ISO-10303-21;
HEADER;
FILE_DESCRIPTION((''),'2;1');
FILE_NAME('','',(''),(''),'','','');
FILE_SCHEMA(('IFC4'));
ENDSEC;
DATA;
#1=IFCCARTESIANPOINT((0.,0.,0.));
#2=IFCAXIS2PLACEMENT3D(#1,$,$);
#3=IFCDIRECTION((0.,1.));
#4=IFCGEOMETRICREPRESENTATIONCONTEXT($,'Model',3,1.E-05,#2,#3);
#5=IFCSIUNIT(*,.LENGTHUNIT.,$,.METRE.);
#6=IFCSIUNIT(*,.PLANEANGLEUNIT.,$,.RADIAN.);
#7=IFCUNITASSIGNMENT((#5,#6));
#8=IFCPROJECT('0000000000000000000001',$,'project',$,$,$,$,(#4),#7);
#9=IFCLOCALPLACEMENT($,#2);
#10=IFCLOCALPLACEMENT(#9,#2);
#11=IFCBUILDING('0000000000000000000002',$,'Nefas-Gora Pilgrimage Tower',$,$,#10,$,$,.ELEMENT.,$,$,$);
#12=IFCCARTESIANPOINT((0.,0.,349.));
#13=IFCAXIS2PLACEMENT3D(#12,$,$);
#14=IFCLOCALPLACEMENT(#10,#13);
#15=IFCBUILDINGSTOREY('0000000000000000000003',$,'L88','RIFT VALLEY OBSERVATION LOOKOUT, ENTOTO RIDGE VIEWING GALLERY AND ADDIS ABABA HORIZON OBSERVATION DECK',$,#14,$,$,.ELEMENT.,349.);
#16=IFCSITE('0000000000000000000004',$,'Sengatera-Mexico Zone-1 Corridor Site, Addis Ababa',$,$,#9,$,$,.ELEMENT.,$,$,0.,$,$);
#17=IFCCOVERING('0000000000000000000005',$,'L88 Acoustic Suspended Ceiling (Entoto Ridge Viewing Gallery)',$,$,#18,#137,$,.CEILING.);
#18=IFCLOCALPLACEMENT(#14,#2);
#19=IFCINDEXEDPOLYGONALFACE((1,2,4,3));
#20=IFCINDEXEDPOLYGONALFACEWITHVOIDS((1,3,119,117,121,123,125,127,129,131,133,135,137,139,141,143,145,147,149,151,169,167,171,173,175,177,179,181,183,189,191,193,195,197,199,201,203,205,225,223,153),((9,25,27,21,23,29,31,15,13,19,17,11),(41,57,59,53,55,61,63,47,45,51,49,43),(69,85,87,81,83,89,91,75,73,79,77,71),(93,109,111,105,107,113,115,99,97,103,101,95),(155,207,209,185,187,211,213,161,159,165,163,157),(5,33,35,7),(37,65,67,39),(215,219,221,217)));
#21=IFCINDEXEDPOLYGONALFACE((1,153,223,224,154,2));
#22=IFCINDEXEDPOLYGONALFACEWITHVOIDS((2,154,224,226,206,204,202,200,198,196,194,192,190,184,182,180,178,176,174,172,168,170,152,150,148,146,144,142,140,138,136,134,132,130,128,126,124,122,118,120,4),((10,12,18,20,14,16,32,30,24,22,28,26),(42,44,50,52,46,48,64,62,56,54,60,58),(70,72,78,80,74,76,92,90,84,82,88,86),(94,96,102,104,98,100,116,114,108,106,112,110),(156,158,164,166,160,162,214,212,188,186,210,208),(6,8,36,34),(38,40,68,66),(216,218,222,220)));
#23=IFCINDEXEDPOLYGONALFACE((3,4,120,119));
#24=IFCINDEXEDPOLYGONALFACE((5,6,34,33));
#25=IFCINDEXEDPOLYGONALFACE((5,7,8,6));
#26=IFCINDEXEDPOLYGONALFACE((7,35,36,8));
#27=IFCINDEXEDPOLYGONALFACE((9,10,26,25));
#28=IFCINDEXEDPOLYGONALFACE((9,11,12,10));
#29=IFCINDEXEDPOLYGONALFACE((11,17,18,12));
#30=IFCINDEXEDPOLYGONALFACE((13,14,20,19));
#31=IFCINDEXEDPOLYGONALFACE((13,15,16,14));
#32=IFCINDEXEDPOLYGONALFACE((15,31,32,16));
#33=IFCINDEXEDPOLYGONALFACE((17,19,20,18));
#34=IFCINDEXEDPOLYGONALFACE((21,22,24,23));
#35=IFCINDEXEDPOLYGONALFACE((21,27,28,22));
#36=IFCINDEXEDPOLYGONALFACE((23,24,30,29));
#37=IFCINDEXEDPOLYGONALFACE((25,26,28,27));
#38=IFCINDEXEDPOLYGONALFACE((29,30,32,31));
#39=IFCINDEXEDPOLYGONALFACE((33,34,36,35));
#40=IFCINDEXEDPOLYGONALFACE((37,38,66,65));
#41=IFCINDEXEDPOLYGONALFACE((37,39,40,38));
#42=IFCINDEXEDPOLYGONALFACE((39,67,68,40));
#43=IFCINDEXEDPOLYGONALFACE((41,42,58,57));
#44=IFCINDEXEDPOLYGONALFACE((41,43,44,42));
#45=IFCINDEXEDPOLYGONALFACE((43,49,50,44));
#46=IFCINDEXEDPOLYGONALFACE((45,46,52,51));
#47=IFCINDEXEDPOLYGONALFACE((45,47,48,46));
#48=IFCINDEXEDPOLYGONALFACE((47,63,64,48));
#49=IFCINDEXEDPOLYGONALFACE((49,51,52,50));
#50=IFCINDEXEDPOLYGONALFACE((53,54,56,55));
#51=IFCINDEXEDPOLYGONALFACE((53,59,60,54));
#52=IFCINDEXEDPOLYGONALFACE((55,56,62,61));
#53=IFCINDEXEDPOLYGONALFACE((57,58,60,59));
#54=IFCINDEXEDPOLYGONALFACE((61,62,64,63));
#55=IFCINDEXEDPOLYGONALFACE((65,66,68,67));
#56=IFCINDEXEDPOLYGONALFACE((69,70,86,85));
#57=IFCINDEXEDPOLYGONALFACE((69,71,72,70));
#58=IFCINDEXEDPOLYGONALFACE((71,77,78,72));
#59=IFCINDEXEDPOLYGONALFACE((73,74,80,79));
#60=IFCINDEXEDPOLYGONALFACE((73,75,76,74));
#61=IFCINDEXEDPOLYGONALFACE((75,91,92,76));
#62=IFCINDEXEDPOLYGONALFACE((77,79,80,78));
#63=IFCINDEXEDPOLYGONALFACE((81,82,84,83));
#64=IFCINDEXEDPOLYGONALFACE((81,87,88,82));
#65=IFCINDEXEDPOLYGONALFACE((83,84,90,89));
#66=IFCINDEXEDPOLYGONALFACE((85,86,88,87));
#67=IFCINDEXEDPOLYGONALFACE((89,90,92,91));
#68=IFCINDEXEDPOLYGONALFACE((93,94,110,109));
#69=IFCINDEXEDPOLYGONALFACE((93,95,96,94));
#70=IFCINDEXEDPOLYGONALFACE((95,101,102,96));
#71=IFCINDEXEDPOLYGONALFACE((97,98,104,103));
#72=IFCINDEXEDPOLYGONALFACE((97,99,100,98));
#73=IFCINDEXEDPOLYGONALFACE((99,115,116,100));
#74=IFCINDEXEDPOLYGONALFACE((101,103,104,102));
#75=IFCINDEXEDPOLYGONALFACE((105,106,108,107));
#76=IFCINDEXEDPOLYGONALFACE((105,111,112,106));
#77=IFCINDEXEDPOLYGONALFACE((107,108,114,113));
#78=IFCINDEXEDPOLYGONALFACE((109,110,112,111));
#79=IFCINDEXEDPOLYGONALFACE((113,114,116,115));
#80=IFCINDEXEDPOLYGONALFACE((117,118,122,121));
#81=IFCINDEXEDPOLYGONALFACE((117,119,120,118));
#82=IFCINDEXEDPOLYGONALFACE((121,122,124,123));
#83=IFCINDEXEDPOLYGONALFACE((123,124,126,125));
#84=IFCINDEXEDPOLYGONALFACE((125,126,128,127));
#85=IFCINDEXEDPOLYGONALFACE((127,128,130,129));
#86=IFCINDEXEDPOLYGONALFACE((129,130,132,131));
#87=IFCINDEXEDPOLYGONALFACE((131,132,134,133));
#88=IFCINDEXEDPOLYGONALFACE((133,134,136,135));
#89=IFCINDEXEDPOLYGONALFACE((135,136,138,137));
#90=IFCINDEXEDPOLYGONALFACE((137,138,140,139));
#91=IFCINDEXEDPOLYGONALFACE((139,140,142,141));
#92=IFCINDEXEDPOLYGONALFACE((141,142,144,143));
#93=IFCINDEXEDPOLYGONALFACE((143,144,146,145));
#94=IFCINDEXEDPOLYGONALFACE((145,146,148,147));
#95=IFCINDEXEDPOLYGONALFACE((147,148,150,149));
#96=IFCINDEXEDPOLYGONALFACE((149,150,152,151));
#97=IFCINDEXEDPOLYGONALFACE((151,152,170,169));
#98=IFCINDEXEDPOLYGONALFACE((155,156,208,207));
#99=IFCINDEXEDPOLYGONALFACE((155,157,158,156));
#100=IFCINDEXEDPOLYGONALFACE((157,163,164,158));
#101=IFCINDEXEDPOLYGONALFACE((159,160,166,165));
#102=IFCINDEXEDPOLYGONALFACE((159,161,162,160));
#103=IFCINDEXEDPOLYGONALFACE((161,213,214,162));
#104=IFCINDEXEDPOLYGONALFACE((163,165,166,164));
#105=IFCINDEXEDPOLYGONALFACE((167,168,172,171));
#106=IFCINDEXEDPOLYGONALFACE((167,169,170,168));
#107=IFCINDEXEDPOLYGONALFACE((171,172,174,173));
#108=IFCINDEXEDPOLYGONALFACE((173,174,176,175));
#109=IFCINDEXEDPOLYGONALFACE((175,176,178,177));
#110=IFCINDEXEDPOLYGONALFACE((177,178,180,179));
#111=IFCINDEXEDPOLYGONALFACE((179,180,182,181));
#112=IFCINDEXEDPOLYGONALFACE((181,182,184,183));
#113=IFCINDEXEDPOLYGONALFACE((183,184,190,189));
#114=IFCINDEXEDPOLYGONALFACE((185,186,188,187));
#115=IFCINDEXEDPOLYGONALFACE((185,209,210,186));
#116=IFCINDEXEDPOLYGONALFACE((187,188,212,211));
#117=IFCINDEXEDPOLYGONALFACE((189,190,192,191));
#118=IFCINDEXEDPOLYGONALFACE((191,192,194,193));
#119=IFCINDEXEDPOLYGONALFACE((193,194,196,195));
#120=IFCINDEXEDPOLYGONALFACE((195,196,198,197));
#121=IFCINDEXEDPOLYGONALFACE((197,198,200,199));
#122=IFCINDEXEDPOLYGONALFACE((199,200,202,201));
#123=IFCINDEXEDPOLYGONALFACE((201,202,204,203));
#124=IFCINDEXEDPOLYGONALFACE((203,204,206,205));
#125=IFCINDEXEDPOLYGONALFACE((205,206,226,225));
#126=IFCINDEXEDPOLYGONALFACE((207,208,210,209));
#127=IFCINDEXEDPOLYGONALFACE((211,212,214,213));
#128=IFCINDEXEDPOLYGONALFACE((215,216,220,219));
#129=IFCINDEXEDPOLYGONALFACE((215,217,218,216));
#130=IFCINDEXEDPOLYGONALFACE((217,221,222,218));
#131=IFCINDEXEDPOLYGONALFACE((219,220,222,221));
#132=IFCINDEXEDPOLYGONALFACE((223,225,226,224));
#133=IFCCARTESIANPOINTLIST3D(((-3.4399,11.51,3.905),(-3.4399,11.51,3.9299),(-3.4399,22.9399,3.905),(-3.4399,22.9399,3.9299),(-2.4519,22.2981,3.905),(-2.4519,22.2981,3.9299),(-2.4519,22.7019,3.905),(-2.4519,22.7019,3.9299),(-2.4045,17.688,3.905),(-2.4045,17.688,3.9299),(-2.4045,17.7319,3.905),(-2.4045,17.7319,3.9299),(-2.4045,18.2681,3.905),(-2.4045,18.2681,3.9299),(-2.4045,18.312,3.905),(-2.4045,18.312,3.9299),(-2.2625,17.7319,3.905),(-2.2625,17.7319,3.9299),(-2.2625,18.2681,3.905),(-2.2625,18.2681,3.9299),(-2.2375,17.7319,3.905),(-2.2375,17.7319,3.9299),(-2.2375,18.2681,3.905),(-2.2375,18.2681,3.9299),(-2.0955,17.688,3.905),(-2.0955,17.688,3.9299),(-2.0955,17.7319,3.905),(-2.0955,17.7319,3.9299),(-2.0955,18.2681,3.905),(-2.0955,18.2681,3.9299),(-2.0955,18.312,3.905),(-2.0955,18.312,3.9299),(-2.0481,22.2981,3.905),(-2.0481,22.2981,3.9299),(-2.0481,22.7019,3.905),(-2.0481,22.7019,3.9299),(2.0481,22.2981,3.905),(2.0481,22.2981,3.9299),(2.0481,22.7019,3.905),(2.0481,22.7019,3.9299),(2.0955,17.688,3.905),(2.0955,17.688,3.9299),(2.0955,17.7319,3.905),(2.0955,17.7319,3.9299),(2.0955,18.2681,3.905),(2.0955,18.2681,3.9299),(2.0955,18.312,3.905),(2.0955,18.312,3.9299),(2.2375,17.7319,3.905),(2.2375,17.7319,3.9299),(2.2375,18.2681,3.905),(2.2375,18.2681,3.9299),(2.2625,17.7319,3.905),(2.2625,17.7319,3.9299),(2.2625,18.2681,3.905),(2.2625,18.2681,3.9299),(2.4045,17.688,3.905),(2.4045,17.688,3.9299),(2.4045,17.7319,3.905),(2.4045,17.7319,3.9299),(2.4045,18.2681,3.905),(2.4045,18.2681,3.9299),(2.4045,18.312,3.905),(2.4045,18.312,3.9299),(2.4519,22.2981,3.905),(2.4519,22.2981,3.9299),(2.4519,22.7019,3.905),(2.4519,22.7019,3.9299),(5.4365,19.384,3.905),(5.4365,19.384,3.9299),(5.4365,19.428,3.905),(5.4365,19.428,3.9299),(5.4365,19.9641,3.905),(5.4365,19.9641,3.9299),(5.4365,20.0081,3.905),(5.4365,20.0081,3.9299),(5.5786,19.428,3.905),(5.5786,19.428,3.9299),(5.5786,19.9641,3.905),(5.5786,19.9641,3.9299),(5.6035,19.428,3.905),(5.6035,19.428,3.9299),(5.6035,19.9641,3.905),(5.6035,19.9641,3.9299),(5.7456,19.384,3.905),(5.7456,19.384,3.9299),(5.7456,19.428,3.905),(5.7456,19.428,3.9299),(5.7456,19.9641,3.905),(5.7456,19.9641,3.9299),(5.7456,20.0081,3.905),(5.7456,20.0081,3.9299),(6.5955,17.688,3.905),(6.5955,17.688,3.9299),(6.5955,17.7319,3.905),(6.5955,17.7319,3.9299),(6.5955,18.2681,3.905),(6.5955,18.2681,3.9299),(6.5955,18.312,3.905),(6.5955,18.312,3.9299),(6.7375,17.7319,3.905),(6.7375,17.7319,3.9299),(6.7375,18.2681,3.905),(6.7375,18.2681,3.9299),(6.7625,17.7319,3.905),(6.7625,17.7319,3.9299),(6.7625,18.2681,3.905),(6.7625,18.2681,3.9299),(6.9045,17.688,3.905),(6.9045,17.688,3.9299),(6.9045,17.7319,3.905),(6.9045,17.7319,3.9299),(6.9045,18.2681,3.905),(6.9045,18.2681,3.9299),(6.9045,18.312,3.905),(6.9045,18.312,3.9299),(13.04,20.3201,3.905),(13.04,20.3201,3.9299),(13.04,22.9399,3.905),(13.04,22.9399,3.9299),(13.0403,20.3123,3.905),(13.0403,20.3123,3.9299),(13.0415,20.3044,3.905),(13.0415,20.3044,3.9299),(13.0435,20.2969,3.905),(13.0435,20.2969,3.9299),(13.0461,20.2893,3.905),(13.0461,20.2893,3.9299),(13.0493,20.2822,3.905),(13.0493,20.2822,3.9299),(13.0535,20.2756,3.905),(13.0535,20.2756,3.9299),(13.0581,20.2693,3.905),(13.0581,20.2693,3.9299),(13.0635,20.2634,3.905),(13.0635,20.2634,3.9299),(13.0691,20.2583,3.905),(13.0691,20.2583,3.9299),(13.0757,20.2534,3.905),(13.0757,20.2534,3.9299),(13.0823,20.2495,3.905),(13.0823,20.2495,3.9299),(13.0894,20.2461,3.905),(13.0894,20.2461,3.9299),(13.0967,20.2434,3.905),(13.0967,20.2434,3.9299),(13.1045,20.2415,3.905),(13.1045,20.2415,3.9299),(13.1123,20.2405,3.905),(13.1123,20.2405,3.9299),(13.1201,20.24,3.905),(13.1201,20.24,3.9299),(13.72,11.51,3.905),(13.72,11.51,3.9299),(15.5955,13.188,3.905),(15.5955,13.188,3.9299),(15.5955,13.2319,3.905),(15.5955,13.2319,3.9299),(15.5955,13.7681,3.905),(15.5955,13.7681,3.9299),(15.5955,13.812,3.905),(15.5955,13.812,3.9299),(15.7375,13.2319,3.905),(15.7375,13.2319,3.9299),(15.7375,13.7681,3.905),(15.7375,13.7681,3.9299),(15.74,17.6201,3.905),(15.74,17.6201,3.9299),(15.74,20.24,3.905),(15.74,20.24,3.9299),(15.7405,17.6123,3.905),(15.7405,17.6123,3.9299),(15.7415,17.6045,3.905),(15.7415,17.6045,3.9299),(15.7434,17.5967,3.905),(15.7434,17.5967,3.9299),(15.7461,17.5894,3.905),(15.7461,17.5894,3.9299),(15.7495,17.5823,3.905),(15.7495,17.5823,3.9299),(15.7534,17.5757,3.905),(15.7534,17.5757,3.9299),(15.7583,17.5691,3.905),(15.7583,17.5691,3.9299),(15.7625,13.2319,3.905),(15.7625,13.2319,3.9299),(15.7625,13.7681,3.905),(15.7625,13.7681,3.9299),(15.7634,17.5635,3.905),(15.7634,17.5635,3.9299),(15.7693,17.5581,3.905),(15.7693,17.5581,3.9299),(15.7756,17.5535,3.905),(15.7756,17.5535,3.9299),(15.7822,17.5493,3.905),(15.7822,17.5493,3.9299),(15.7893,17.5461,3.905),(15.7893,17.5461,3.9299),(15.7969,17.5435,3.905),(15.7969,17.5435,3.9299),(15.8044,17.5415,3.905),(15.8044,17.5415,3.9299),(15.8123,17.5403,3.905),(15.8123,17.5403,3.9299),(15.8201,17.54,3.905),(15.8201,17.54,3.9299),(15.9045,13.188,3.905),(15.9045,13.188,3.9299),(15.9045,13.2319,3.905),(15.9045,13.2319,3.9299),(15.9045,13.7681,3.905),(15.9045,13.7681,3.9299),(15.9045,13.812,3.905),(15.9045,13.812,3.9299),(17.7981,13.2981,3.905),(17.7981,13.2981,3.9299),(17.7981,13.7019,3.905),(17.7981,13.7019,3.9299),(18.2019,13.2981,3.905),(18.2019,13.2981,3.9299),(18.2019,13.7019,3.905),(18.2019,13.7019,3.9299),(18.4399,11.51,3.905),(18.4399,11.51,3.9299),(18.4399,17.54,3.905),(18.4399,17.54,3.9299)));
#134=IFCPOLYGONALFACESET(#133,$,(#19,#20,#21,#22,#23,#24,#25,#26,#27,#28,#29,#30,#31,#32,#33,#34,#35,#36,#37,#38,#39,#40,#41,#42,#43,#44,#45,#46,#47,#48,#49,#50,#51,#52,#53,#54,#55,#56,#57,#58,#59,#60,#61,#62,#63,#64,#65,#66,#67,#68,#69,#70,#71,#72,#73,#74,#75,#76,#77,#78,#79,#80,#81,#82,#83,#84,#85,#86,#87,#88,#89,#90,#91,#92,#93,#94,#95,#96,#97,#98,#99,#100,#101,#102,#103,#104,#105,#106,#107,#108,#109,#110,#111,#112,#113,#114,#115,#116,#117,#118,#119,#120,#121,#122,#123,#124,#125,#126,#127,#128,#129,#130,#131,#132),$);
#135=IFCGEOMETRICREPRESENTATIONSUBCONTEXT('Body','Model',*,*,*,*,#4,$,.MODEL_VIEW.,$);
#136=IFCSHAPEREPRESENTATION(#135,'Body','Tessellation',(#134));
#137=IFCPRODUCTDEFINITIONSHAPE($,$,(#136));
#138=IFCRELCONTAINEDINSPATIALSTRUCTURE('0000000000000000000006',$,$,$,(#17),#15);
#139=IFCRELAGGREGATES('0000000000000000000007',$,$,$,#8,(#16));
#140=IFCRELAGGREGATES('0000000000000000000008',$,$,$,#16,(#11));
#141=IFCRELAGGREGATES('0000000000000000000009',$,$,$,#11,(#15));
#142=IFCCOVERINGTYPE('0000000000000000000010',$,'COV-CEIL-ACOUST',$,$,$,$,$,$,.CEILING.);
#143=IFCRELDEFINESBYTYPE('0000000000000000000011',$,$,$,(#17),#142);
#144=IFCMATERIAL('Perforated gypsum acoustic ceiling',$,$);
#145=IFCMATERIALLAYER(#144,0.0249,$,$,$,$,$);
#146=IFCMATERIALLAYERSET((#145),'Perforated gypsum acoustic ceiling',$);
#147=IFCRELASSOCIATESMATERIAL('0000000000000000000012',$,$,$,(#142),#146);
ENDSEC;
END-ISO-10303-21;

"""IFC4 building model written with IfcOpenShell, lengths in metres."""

from ifc_helpers import new_model, si_unit, direction, frame, origin, place, context, subcontext, project, spatial, polyline, outline, extrude, material, layer, layer_set, type_object, element, save


model = new_model("IFC4")

# Units and contexts
model_context = context("Model", 3, precision=1e-05, world=origin(), true_north=direction((0.0, 1.0)))
body_context = subcontext(model_context, "Body", "Model", "MODEL_VIEW")
ifc_project = project(units=[si_unit("LENGTHUNIT", "METRE"), si_unit("PLANEANGLEUNIT", "RADIAN")], contexts=[model_context])

# Site, building, storey
site_placement = place(None, origin())
site = spatial("IfcSite", under=ifc_project, at=site_placement, Name="Sengatera-Mexico Zone-1 Corridor Site, Addis Ababa", CompositionType="ELEMENT", RefElevation=0.0)
building_placement = place(site_placement, origin())
building = spatial("IfcBuilding", under=site, at=building_placement, Name="Nefas-Gora Pilgrimage Tower", CompositionType="ELEMENT")
storey_placement = place(building_placement, frame((0.0, 0.0, 349.0)))
storey = spatial("IfcBuildingStorey", under=building, at=storey_placement, Name="L88", Description="RIFT VALLEY OBSERVATION LOOKOUT, ENTOTO RIDGE VIEWING GALLERY AND ADDIS ABABA HORIZON OBSERVATION DECK", CompositionType="ELEMENT", Elevation=349.0)

# Covering
ifc_material_1 = material(Name="Perforated gypsum acoustic ceiling")
ifc_layer_1 = layer(ifc_material_1, 0.0249)
ifc_layer_set_1 = layer_set([ifc_layer_1], Name="Perforated gypsum acoustic ceiling")
covering_type_1 = type_object("IfcCoveringType", Name="COV-CEIL-ACOUST", PredefinedType="CEILING", material=ifc_layer_set_1)
covering_1_placement = place(storey_placement, frame((0.0, 0.0, 3.905)))
element("IfcCovering", 1, at=covering_1_placement, inside=storey, type_object=covering_type_1, Name="L88 Acoustic Suspended Ceiling (Entoto Ridge Viewing Gallery)", PredefinedType="CEILING", context=body_context, shape_type="SweptSolid", body=[
    extrude(outline(polyline([(13.04, 22.9399), (-3.4399, 22.9399), (-3.4399, 11.51), (13.72, 11.51), (18.4399, 11.51), (18.4399, 17.54), (15.8201, 17.54), (15.8123, 17.5403), (15.8044, 17.5415), (15.7969, 17.5435), (15.7893, 17.5461), (15.7822, 17.5493), (15.7756, 17.5535), (15.7693, 17.5581), (15.7634, 17.5635), (15.7583, 17.5691), (15.7534, 17.5757), (15.7495, 17.5823), (15.7461, 17.5894), (15.7434, 17.5967), (15.7415, 17.6045), (15.7405, 17.6123), (15.74, 17.6201), (15.74, 20.24), (13.1201, 20.24), (13.1123, 20.2405), (13.1045, 20.2415), (13.0967, 20.2434), (13.0894, 20.2461), (13.0823, 20.2495), (13.0757, 20.2534), (13.0691, 20.2583), (13.0635, 20.2634), (13.0581, 20.2693), (13.0535, 20.2756), (13.0493, 20.2822), (13.0461, 20.2893), (13.0435, 20.2969), (13.0415, 20.3044), (13.0403, 20.3123), (13.04, 20.3201), (13.04, 22.9399)]), holes=[polyline([(18.2019, 13.7019), (18.2019, 13.2981), (17.7981, 13.2981), (17.7981, 13.7019), (18.2019, 13.7019)]), polyline([(15.9045, 13.812), (15.9045, 13.7681), (15.7625, 13.7681), (15.7625, 13.2319), (15.9045, 13.2319), (15.9045, 13.188), (15.5955, 13.188), (15.5955, 13.2319), (15.7375, 13.2319), (15.7375, 13.7681), (15.5955, 13.7681), (15.5955, 13.812), (15.9045, 13.812)]), polyline([(6.9045, 18.312), (6.9045, 18.2681), (6.7625, 18.2681), (6.7625, 17.7319), (6.9045, 17.7319), (6.9045, 17.688), (6.5955, 17.688), (6.5955, 17.7319), (6.7375, 17.7319), (6.7375, 18.2681), (6.5955, 18.2681), (6.5955, 18.312), (6.9045, 18.312)]), polyline([(5.7456, 20.0081), (5.7456, 19.9641), (5.6035, 19.9641), (5.6035, 19.428), (5.7456, 19.428), (5.7456, 19.384), (5.4365, 19.384), (5.4365, 19.428), (5.5786, 19.428), (5.5786, 19.9641), (5.4365, 19.9641), (5.4365, 20.0081), (5.7456, 20.0081)]), polyline([(2.4519, 22.7019), (2.4519, 22.2981), (2.0481, 22.2981), (2.0481, 22.7019), (2.4519, 22.7019)]), polyline([(2.4045, 18.312), (2.4045, 18.2681), (2.2625, 18.2681), (2.2625, 17.7319), (2.4045, 17.7319), (2.4045, 17.688), (2.0955, 17.688), (2.0955, 17.7319), (2.2375, 17.7319), (2.2375, 18.2681), (2.0955, 18.2681), (2.0955, 18.312), (2.4045, 18.312)]), polyline([(-2.0481, 22.7019), (-2.0481, 22.2981), (-2.4519, 22.2981), (-2.4519, 22.7019), (-2.0481, 22.7019)]), polyline([(-2.4045, 18.312), (-2.0955, 18.312), (-2.0955, 18.2681), (-2.2375, 18.2681), (-2.2375, 17.7319), (-2.0955, 17.7319), (-2.0955, 17.688), (-2.4045, 17.688), (-2.4045, 17.7319), (-2.2625, 17.7319), (-2.2625, 18.2681), (-2.4045, 18.2681), (-2.4045, 18.312)])]), origin(), (0.0, 0.0, 1.0), 0.0249),
])

save(model, "model.ifc")
